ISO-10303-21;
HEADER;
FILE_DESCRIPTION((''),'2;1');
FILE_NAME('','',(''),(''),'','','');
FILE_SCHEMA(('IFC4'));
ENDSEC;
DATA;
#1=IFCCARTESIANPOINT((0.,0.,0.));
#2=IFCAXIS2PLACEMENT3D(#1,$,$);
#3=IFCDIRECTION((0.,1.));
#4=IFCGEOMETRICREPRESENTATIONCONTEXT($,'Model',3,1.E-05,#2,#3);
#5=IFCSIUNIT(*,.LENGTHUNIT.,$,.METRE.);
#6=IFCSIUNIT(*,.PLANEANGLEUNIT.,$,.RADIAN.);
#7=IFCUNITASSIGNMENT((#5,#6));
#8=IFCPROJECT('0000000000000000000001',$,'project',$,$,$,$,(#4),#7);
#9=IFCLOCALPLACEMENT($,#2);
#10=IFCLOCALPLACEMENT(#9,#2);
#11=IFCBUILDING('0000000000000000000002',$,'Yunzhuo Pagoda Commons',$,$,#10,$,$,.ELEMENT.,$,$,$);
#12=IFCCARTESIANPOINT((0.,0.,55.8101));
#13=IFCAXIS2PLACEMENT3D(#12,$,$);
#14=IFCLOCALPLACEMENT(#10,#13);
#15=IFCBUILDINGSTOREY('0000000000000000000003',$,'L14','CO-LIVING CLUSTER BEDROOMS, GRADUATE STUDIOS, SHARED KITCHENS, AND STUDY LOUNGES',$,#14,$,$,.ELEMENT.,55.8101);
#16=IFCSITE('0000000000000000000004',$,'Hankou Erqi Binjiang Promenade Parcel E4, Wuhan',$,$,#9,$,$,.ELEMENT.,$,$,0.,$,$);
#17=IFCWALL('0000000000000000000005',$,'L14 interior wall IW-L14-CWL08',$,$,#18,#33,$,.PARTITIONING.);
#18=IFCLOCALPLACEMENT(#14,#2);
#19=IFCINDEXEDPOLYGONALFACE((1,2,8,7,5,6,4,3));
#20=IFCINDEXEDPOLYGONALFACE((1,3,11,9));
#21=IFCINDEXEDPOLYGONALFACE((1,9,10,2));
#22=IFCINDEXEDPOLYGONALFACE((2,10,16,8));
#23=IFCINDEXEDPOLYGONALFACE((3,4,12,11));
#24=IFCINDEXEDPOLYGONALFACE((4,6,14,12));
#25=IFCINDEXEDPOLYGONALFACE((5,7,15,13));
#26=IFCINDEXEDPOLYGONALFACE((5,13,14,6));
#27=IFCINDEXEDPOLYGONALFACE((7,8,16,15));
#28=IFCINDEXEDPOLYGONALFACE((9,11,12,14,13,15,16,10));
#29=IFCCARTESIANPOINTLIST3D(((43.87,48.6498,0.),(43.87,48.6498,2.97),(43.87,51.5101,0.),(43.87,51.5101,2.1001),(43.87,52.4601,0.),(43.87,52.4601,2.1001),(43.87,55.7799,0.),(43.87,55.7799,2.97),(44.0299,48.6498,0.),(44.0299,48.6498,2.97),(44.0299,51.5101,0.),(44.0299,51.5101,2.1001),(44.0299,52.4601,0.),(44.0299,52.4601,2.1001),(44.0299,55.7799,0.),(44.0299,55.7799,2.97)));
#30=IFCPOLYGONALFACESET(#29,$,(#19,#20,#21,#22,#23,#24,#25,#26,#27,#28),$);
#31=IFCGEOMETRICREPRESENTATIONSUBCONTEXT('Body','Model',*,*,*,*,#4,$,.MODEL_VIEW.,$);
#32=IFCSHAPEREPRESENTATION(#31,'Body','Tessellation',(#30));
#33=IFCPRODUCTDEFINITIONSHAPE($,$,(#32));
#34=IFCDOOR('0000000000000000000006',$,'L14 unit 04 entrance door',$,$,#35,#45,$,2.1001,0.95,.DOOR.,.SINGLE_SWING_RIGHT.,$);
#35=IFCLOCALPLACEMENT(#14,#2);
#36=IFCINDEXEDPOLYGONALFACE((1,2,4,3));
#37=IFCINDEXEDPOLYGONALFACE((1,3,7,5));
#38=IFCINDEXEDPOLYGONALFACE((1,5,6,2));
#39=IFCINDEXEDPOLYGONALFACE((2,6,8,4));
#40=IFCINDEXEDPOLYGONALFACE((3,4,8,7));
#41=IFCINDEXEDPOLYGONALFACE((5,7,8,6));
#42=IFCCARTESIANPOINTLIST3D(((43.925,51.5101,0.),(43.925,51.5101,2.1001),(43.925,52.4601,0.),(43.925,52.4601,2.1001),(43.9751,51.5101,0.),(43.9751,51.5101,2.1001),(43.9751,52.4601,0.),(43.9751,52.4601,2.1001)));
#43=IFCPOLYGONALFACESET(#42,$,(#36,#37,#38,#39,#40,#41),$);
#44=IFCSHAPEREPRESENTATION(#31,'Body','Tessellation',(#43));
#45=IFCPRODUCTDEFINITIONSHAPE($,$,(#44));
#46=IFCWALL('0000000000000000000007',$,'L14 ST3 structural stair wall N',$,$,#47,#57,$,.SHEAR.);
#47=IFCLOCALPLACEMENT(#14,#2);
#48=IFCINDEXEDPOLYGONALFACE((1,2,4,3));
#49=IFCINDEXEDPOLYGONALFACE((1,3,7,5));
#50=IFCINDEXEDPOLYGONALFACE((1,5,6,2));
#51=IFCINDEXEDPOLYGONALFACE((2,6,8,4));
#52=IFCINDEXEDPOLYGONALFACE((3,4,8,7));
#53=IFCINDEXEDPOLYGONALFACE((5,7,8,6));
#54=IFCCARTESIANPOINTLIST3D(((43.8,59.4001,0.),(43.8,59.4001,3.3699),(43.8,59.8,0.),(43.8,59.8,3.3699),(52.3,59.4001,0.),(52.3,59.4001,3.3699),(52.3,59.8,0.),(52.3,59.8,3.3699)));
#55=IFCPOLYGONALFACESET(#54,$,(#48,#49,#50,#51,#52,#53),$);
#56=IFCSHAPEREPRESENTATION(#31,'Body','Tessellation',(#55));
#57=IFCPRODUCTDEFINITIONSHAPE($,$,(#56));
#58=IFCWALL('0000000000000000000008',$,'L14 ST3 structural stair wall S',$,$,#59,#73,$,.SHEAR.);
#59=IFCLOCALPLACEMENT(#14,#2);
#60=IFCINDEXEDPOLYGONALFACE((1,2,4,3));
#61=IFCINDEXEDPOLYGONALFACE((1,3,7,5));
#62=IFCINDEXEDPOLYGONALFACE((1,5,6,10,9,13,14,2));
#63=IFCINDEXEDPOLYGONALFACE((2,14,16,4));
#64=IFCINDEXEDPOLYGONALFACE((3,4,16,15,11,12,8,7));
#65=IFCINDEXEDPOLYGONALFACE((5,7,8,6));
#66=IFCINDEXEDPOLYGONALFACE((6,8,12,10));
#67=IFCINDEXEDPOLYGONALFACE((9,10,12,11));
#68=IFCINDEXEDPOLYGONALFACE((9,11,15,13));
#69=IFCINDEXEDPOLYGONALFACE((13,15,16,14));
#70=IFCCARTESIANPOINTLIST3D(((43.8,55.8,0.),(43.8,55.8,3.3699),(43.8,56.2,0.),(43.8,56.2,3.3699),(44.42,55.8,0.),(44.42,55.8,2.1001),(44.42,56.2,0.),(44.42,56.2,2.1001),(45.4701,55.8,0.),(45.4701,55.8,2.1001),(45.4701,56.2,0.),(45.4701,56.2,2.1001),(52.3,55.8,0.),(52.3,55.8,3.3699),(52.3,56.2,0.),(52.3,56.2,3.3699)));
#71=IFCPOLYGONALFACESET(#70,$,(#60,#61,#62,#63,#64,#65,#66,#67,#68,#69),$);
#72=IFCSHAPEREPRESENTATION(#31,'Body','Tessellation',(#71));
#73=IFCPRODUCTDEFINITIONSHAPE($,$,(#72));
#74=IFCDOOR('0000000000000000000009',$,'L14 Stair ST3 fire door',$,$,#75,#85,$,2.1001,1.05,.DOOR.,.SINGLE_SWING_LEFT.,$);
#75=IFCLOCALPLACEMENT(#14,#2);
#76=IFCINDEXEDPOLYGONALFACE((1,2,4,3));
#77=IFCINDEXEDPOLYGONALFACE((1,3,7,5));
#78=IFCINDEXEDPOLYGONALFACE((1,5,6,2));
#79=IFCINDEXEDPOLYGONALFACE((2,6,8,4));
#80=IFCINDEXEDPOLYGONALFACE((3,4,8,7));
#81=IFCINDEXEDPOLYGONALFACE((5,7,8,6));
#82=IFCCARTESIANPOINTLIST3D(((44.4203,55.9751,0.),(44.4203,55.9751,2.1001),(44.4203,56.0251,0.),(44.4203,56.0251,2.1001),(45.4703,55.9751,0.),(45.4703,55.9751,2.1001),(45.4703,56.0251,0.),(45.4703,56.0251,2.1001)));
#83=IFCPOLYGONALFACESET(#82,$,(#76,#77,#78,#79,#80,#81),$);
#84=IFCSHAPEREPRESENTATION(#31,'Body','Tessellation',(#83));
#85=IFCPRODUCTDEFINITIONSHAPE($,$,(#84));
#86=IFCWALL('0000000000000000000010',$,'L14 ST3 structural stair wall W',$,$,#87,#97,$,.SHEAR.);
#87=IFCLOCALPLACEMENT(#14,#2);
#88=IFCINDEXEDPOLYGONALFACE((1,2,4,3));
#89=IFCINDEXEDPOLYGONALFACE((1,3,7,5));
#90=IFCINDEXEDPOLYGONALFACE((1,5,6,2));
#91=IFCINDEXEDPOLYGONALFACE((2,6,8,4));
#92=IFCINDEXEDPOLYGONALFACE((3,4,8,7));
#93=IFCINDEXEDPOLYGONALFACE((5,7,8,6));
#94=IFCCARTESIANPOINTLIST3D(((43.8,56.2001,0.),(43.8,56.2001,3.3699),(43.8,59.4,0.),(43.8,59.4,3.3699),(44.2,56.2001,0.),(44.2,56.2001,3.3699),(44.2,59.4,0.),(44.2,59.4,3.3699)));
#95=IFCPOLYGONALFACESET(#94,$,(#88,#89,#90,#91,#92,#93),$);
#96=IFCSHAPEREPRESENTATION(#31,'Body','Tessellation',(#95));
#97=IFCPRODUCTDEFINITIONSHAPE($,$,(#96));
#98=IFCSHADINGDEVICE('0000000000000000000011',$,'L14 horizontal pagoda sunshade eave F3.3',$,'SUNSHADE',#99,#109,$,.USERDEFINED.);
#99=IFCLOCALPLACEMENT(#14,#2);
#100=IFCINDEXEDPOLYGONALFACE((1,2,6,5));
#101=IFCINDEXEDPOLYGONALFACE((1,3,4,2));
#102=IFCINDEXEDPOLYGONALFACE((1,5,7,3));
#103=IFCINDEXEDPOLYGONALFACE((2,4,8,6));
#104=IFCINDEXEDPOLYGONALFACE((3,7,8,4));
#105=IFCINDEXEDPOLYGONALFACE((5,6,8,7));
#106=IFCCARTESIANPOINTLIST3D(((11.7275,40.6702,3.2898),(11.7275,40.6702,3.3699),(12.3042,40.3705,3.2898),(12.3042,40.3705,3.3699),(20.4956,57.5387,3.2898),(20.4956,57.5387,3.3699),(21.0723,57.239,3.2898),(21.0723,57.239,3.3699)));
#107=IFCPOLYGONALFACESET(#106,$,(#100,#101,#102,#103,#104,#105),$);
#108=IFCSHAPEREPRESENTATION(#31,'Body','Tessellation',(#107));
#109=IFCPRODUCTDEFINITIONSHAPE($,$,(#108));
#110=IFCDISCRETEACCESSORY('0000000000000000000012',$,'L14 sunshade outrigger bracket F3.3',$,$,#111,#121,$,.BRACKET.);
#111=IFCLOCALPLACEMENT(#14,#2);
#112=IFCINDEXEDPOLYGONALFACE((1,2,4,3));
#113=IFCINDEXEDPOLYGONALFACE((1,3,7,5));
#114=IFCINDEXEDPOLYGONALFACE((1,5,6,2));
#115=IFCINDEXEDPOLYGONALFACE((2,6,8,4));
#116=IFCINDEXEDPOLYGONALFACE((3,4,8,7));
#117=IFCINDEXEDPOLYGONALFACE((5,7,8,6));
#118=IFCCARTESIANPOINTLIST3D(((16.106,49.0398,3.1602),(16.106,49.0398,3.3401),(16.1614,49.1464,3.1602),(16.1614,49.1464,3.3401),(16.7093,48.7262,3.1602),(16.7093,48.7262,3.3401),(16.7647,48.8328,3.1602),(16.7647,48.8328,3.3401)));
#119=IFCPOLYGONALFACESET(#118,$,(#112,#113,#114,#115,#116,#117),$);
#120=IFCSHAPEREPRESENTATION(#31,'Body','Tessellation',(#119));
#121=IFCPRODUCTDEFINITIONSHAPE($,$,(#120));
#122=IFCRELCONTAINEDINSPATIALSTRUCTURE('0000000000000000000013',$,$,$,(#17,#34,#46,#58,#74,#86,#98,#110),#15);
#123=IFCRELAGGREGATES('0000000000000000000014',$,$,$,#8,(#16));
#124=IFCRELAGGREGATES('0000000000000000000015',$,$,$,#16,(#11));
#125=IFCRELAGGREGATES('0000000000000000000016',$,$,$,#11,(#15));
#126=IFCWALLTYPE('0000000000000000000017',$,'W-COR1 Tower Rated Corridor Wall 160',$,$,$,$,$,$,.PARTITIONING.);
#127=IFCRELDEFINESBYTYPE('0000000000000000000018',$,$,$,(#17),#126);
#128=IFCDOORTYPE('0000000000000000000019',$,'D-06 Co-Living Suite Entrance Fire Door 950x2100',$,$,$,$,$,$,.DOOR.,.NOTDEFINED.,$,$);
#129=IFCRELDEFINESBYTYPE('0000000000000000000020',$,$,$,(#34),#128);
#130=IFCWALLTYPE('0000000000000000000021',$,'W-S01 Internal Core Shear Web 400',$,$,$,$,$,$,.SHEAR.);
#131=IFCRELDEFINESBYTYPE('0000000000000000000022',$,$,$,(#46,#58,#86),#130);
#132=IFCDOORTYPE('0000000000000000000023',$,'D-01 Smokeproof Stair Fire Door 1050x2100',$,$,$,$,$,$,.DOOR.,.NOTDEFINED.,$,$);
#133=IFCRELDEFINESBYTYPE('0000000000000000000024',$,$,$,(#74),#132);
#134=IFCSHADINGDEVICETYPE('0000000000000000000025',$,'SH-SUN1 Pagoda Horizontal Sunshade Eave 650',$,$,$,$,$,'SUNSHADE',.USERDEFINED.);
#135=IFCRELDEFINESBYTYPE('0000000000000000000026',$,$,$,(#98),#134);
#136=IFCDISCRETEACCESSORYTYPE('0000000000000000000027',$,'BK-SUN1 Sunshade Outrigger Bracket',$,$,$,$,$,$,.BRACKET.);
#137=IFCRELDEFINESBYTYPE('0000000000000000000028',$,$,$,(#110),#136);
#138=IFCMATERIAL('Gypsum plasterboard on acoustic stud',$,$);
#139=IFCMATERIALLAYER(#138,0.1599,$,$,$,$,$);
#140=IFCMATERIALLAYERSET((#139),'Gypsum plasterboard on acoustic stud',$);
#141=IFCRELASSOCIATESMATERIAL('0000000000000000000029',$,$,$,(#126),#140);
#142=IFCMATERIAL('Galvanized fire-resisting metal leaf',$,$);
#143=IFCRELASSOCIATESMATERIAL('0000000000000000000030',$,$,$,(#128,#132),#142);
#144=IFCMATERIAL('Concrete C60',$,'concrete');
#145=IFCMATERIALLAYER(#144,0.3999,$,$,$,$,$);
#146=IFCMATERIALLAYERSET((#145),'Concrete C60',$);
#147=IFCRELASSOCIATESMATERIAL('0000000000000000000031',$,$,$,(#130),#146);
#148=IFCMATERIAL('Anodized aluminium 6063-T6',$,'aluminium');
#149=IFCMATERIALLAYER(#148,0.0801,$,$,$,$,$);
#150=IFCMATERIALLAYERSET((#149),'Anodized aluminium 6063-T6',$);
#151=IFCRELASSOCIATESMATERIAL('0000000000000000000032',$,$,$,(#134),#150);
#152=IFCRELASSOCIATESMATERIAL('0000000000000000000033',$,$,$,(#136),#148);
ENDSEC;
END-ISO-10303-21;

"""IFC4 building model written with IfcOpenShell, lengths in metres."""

from ifc_helpers import new_model, si_unit, direction, frame, frame_2d, origin, origin_with_axes, origin_2d, place, context, subcontext, project, spatial, rectangle, extrude, source, transform, mapped, material, layer, layer_set, type_object, element, fill, save


model = new_model("IFC4")

# Units and contexts
model_context = context("Model", 3, precision=1e-05, world=origin(), true_north=direction((0.0, 1.0)))
body_context = subcontext(model_context, "Body", "Model", "MODEL_VIEW")
ifc_project = project(units=[si_unit("LENGTHUNIT", "METRE"), si_unit("PLANEANGLEUNIT", "RADIAN")], contexts=[model_context])

# Site, building, storey
site_placement = place(None, origin())
site = spatial("IfcSite", under=ifc_project, at=site_placement, Name="Hankou Erqi Binjiang Promenade Parcel E4, Wuhan", CompositionType="ELEMENT", RefElevation=0.0)
building_placement = place(site_placement, origin())
building = spatial("IfcBuilding", under=site, at=building_placement, Name="Yunzhuo Pagoda Commons", CompositionType="ELEMENT")
storey_placement = place(building_placement, frame((0.0, 0.0, 55.8101)))
storey = spatial("IfcBuildingStorey", under=building, at=storey_placement, Name="L14", Description="CO-LIVING CLUSTER BEDROOMS, GRADUATE STUDIOS, SHARED KITCHENS, AND STUDY LOUNGES", CompositionType="ELEMENT", Elevation=55.8101)

# Shared definitions
ifc_material_1 = material(Name="Anodized aluminium 6063-T6", Category="aluminium")

# Shared definitions
ifc_material_2 = material(Name="Gypsum plasterboard on acoustic stud")
ifc_layer_1 = layer(ifc_material_2, 0.1599)
ifc_layer_set_1 = layer_set([ifc_layer_1], Name="Gypsum plasterboard on acoustic stud")
wall_type_1 = type_object("IfcWallType", Name="W-COR1 Tower Rated Corridor Wall 160", PredefinedType="PARTITIONING", material=ifc_layer_set_1)

# Wall, opening, door
wall_1_placement = place(storey_placement, frame((43.95, 48.6499, 0.0), z_axis=(0.0, 0.0, 1.0), x_axis=(0.0, 1.0, 0.0)))
wall_1 = element("IfcWall", 1, at=wall_1_placement, inside=storey, type_object=wall_type_1, Name="L14 interior wall IW-L14-CWL08", PredefinedType="PARTITIONING", context=body_context, shape_type="SweptSolid", body=[
    extrude(rectangle(XDim=7.1301, YDim=0.1599, at=frame_2d((3.5649, 0.0))), origin(), (0.0, 0.0, 1.0), 2.97),
])
opening_1_placement = place(wall_1_placement, frame((2.8601, 0.0, 0.0)))
opening_1 = element("IfcOpeningElement", 2, at=opening_1_placement, cuts=wall_1, PredefinedType="OPENING", context=body_context, shape_type="SweptSolid", body=[
    extrude(rectangle(XDim=0.95, YDim=2.1001, at=frame_2d((0.4751, 1.05))), frame((0.0, 0.0898, 0.0), z_axis=(0.0, -1.0, 0.0), x_axis=(1.0, 0.0, 0.0)), (0.0, 0.0, 1.0), 0.1799),
])
ifc_material_3 = material(Name="Galvanized fire-resisting metal leaf")
door_type_1 = type_object("IfcDoorType", Name="D-06 Co-Living Suite Entrance Fire Door 950x2100", OperationType="NOTDEFINED", PredefinedType="DOOR", material=ifc_material_3)
shared_shape_1 = source(origin(), body_context, "Body", "SweptSolid", [
    extrude(rectangle(XDim=0.95, YDim=2.1001, at=frame_2d((0.4751, 1.05))), frame((0.0, 0.0249, 0.0), z_axis=(0.0, -1.0, 0.0), x_axis=(1.0, 0.0, 0.0)), (0.0, 0.0, 1.0), 0.05),
])
door_1_placement = place(opening_1_placement, origin_with_axes())
door_1 = element("IfcDoor", 3, at=door_1_placement, inside=storey, type_object=door_type_1, Name="L14 unit 04 entrance door", OperationType="SINGLE_SWING_RIGHT", OverallHeight=2.1001, OverallWidth=0.95, PredefinedType="DOOR", context=body_context, shape_type="MappedRepresentation", body=[
    mapped(shared_shape_1, transform((0.0, 0.0, 0.0), scale=1.0)),
])
fill(opening_1, door_1)

# Wall
ifc_material_4 = material(Name="Concrete C60", Category="concrete")
ifc_layer_2 = layer(ifc_material_4, 0.3999)
ifc_layer_set_2 = layer_set([ifc_layer_2], Name="Concrete C60")
wall_type_2 = type_object("IfcWallType", Name="W-S01 Internal Core Shear Web 400", PredefinedType="SHEAR", material=ifc_layer_set_2)
wall_2_placement = place(storey_placement, frame((43.8, 59.6001, 0.0), z_axis=(0.0, 0.0, 1.0), x_axis=(1.0, 0.0, 0.0)))
element("IfcWall", 4, at=wall_2_placement, inside=storey, type_object=wall_type_2, Name="L14 ST3 structural stair wall N", PredefinedType="SHEAR", context=body_context, shape_type="SweptSolid", body=[
    extrude(rectangle(XDim=8.5, YDim=0.3999, at=frame_2d((4.25, 0.0))), origin(), (0.0, 0.0, 1.0), 3.3699),
])

# Wall, opening, door
wall_3_placement = place(storey_placement, frame((43.8, 56.0, 0.0), z_axis=(0.0, 0.0, 1.0), x_axis=(1.0, 0.0, 0.0)))
wall_3 = element("IfcWall", 5, at=wall_3_placement, inside=storey, type_object=wall_type_2, Name="L14 ST3 structural stair wall S", PredefinedType="SHEAR", context=body_context, shape_type="SweptSolid", body=[
    extrude(rectangle(XDim=8.5, YDim=0.3999, at=frame_2d((4.25, 0.0))), origin(), (0.0, 0.0, 1.0), 3.3699),
])
opening_2_placement = place(wall_3_placement, frame((0.6201, 0.0, 0.0)))
opening_2 = element("IfcOpeningElement", 6, at=opening_2_placement, cuts=wall_3, PredefinedType="OPENING", context=body_context, shape_type="SweptSolid", body=[
    extrude(rectangle(XDim=1.05, YDim=2.1001, at=frame_2d((0.5249, 1.05))), frame((0.0, 0.21, 0.0), z_axis=(0.0, -1.0, 0.0), x_axis=(1.0, 0.0, 0.0)), (0.0, 0.0, 1.0), 0.4199),
])
door_type_2 = type_object("IfcDoorType", Name="D-01 Smokeproof Stair Fire Door 1050x2100", OperationType="NOTDEFINED", PredefinedType="DOOR", material=ifc_material_3)
shared_shape_2 = source(origin(), body_context, "Body", "SweptSolid", [
    extrude(rectangle(XDim=1.05, YDim=2.1001, at=frame_2d((0.5249, 1.05))), frame((0.0, 0.0249, 0.0), z_axis=(0.0, -1.0, 0.0), x_axis=(1.0, 0.0, 0.0)), (0.0, 0.0, 1.0), 0.05),
])
door_2_placement = place(opening_2_placement, frame((1.05, 0.0, 0.0), z_axis=(0.0, 0.0, 1.0), x_axis=(-1.0, 0.0, 0.0)))
door_2 = element("IfcDoor", 7, at=door_2_placement, inside=storey, type_object=door_type_2, Name="L14 Stair ST3 fire door", OperationType="SINGLE_SWING_LEFT", OverallHeight=2.1001, OverallWidth=1.05, PredefinedType="DOOR", context=body_context, shape_type="MappedRepresentation", body=[
    mapped(shared_shape_2, transform((0.0, 0.0, 0.0), scale=1.0)),
])
fill(opening_2, door_2)

# Wall
wall_4_placement = place(storey_placement, frame((44.0, 56.2, 0.0), z_axis=(0.0, 0.0, 1.0), x_axis=(0.0, 1.0, 0.0)))
element("IfcWall", 8, at=wall_4_placement, inside=storey, type_object=wall_type_2, Name="L14 ST3 structural stair wall W", PredefinedType="SHEAR", context=body_context, shape_type="SweptSolid", body=[
    extrude(rectangle(XDim=3.2, YDim=0.3999, at=frame_2d((1.6001, 0.0))), origin(), (0.0, 0.0, 1.0), 3.3699),
])

# Shading device
ifc_layer_3 = layer(ifc_material_1, 0.0801)
ifc_layer_set_3 = layer_set([ifc_layer_3], Name="Anodized aluminium 6063-T6")
shading_device_type = type_object("IfcShadingDeviceType", Name="SH-SUN1 Pagoda Horizontal Sunshade Eave 650", ElementType="SUNSHADE", PredefinedType="USERDEFINED", material=ifc_layer_set_3)
shared_shape_3 = source(origin(), body_context, "Body", "SweptSolid", [
    extrude(rectangle(XDim=19.0112, YDim=0.6499, at=origin_2d()), origin(), (0.0, 0.0, 1.0), 0.0801),
])
shading_device_placement = place(storey_placement, frame((16.3999, 48.9546, 3.2898), z_axis=(0.0, 0.0, 1.0), x_axis=(-0.461207, -0.887293, 0.0)))
element("IfcShadingDevice", 9, at=shading_device_placement, inside=storey, type_object=shading_device_type, Name="L14 horizontal pagoda sunshade eave F3.3", ObjectType="SUNSHADE", PredefinedType="USERDEFINED", context=body_context, shape_type="MappedRepresentation", body=[
    mapped(shared_shape_3, transform((0.0, 0.0, 0.0), scale=1.0)),
])

# Discrete accessory
discrete_accessory_type = type_object("IfcDiscreteAccessoryType", Name="BK-SUN1 Sunshade Outrigger Bracket", PredefinedType="BRACKET", material=ifc_material_1)
shared_shape_4 = source(origin(), body_context, "Body", "SweptSolid", [
    extrude(rectangle(XDim=0.1201, YDim=0.6799, at=origin_2d()), origin(), (0.0, 0.0, 1.0), 0.1799),
])
discrete_accessory_placement = place(storey_placement, frame((16.4353, 48.9363, 3.1602), z_axis=(0.0, 0.0, 1.0), x_axis=(-0.461207, -0.887293, 0.0)))
element("IfcDiscreteAccessory", 10, at=discrete_accessory_placement, inside=storey, type_object=discrete_accessory_type, Name="L14 sunshade outrigger bracket F3.3", PredefinedType="BRACKET", context=body_context, shape_type="MappedRepresentation", body=[
    mapped(shared_shape_4, transform((0.0, 0.0, 0.0), scale=1.0)),
])

save(model, "model.ifc")
